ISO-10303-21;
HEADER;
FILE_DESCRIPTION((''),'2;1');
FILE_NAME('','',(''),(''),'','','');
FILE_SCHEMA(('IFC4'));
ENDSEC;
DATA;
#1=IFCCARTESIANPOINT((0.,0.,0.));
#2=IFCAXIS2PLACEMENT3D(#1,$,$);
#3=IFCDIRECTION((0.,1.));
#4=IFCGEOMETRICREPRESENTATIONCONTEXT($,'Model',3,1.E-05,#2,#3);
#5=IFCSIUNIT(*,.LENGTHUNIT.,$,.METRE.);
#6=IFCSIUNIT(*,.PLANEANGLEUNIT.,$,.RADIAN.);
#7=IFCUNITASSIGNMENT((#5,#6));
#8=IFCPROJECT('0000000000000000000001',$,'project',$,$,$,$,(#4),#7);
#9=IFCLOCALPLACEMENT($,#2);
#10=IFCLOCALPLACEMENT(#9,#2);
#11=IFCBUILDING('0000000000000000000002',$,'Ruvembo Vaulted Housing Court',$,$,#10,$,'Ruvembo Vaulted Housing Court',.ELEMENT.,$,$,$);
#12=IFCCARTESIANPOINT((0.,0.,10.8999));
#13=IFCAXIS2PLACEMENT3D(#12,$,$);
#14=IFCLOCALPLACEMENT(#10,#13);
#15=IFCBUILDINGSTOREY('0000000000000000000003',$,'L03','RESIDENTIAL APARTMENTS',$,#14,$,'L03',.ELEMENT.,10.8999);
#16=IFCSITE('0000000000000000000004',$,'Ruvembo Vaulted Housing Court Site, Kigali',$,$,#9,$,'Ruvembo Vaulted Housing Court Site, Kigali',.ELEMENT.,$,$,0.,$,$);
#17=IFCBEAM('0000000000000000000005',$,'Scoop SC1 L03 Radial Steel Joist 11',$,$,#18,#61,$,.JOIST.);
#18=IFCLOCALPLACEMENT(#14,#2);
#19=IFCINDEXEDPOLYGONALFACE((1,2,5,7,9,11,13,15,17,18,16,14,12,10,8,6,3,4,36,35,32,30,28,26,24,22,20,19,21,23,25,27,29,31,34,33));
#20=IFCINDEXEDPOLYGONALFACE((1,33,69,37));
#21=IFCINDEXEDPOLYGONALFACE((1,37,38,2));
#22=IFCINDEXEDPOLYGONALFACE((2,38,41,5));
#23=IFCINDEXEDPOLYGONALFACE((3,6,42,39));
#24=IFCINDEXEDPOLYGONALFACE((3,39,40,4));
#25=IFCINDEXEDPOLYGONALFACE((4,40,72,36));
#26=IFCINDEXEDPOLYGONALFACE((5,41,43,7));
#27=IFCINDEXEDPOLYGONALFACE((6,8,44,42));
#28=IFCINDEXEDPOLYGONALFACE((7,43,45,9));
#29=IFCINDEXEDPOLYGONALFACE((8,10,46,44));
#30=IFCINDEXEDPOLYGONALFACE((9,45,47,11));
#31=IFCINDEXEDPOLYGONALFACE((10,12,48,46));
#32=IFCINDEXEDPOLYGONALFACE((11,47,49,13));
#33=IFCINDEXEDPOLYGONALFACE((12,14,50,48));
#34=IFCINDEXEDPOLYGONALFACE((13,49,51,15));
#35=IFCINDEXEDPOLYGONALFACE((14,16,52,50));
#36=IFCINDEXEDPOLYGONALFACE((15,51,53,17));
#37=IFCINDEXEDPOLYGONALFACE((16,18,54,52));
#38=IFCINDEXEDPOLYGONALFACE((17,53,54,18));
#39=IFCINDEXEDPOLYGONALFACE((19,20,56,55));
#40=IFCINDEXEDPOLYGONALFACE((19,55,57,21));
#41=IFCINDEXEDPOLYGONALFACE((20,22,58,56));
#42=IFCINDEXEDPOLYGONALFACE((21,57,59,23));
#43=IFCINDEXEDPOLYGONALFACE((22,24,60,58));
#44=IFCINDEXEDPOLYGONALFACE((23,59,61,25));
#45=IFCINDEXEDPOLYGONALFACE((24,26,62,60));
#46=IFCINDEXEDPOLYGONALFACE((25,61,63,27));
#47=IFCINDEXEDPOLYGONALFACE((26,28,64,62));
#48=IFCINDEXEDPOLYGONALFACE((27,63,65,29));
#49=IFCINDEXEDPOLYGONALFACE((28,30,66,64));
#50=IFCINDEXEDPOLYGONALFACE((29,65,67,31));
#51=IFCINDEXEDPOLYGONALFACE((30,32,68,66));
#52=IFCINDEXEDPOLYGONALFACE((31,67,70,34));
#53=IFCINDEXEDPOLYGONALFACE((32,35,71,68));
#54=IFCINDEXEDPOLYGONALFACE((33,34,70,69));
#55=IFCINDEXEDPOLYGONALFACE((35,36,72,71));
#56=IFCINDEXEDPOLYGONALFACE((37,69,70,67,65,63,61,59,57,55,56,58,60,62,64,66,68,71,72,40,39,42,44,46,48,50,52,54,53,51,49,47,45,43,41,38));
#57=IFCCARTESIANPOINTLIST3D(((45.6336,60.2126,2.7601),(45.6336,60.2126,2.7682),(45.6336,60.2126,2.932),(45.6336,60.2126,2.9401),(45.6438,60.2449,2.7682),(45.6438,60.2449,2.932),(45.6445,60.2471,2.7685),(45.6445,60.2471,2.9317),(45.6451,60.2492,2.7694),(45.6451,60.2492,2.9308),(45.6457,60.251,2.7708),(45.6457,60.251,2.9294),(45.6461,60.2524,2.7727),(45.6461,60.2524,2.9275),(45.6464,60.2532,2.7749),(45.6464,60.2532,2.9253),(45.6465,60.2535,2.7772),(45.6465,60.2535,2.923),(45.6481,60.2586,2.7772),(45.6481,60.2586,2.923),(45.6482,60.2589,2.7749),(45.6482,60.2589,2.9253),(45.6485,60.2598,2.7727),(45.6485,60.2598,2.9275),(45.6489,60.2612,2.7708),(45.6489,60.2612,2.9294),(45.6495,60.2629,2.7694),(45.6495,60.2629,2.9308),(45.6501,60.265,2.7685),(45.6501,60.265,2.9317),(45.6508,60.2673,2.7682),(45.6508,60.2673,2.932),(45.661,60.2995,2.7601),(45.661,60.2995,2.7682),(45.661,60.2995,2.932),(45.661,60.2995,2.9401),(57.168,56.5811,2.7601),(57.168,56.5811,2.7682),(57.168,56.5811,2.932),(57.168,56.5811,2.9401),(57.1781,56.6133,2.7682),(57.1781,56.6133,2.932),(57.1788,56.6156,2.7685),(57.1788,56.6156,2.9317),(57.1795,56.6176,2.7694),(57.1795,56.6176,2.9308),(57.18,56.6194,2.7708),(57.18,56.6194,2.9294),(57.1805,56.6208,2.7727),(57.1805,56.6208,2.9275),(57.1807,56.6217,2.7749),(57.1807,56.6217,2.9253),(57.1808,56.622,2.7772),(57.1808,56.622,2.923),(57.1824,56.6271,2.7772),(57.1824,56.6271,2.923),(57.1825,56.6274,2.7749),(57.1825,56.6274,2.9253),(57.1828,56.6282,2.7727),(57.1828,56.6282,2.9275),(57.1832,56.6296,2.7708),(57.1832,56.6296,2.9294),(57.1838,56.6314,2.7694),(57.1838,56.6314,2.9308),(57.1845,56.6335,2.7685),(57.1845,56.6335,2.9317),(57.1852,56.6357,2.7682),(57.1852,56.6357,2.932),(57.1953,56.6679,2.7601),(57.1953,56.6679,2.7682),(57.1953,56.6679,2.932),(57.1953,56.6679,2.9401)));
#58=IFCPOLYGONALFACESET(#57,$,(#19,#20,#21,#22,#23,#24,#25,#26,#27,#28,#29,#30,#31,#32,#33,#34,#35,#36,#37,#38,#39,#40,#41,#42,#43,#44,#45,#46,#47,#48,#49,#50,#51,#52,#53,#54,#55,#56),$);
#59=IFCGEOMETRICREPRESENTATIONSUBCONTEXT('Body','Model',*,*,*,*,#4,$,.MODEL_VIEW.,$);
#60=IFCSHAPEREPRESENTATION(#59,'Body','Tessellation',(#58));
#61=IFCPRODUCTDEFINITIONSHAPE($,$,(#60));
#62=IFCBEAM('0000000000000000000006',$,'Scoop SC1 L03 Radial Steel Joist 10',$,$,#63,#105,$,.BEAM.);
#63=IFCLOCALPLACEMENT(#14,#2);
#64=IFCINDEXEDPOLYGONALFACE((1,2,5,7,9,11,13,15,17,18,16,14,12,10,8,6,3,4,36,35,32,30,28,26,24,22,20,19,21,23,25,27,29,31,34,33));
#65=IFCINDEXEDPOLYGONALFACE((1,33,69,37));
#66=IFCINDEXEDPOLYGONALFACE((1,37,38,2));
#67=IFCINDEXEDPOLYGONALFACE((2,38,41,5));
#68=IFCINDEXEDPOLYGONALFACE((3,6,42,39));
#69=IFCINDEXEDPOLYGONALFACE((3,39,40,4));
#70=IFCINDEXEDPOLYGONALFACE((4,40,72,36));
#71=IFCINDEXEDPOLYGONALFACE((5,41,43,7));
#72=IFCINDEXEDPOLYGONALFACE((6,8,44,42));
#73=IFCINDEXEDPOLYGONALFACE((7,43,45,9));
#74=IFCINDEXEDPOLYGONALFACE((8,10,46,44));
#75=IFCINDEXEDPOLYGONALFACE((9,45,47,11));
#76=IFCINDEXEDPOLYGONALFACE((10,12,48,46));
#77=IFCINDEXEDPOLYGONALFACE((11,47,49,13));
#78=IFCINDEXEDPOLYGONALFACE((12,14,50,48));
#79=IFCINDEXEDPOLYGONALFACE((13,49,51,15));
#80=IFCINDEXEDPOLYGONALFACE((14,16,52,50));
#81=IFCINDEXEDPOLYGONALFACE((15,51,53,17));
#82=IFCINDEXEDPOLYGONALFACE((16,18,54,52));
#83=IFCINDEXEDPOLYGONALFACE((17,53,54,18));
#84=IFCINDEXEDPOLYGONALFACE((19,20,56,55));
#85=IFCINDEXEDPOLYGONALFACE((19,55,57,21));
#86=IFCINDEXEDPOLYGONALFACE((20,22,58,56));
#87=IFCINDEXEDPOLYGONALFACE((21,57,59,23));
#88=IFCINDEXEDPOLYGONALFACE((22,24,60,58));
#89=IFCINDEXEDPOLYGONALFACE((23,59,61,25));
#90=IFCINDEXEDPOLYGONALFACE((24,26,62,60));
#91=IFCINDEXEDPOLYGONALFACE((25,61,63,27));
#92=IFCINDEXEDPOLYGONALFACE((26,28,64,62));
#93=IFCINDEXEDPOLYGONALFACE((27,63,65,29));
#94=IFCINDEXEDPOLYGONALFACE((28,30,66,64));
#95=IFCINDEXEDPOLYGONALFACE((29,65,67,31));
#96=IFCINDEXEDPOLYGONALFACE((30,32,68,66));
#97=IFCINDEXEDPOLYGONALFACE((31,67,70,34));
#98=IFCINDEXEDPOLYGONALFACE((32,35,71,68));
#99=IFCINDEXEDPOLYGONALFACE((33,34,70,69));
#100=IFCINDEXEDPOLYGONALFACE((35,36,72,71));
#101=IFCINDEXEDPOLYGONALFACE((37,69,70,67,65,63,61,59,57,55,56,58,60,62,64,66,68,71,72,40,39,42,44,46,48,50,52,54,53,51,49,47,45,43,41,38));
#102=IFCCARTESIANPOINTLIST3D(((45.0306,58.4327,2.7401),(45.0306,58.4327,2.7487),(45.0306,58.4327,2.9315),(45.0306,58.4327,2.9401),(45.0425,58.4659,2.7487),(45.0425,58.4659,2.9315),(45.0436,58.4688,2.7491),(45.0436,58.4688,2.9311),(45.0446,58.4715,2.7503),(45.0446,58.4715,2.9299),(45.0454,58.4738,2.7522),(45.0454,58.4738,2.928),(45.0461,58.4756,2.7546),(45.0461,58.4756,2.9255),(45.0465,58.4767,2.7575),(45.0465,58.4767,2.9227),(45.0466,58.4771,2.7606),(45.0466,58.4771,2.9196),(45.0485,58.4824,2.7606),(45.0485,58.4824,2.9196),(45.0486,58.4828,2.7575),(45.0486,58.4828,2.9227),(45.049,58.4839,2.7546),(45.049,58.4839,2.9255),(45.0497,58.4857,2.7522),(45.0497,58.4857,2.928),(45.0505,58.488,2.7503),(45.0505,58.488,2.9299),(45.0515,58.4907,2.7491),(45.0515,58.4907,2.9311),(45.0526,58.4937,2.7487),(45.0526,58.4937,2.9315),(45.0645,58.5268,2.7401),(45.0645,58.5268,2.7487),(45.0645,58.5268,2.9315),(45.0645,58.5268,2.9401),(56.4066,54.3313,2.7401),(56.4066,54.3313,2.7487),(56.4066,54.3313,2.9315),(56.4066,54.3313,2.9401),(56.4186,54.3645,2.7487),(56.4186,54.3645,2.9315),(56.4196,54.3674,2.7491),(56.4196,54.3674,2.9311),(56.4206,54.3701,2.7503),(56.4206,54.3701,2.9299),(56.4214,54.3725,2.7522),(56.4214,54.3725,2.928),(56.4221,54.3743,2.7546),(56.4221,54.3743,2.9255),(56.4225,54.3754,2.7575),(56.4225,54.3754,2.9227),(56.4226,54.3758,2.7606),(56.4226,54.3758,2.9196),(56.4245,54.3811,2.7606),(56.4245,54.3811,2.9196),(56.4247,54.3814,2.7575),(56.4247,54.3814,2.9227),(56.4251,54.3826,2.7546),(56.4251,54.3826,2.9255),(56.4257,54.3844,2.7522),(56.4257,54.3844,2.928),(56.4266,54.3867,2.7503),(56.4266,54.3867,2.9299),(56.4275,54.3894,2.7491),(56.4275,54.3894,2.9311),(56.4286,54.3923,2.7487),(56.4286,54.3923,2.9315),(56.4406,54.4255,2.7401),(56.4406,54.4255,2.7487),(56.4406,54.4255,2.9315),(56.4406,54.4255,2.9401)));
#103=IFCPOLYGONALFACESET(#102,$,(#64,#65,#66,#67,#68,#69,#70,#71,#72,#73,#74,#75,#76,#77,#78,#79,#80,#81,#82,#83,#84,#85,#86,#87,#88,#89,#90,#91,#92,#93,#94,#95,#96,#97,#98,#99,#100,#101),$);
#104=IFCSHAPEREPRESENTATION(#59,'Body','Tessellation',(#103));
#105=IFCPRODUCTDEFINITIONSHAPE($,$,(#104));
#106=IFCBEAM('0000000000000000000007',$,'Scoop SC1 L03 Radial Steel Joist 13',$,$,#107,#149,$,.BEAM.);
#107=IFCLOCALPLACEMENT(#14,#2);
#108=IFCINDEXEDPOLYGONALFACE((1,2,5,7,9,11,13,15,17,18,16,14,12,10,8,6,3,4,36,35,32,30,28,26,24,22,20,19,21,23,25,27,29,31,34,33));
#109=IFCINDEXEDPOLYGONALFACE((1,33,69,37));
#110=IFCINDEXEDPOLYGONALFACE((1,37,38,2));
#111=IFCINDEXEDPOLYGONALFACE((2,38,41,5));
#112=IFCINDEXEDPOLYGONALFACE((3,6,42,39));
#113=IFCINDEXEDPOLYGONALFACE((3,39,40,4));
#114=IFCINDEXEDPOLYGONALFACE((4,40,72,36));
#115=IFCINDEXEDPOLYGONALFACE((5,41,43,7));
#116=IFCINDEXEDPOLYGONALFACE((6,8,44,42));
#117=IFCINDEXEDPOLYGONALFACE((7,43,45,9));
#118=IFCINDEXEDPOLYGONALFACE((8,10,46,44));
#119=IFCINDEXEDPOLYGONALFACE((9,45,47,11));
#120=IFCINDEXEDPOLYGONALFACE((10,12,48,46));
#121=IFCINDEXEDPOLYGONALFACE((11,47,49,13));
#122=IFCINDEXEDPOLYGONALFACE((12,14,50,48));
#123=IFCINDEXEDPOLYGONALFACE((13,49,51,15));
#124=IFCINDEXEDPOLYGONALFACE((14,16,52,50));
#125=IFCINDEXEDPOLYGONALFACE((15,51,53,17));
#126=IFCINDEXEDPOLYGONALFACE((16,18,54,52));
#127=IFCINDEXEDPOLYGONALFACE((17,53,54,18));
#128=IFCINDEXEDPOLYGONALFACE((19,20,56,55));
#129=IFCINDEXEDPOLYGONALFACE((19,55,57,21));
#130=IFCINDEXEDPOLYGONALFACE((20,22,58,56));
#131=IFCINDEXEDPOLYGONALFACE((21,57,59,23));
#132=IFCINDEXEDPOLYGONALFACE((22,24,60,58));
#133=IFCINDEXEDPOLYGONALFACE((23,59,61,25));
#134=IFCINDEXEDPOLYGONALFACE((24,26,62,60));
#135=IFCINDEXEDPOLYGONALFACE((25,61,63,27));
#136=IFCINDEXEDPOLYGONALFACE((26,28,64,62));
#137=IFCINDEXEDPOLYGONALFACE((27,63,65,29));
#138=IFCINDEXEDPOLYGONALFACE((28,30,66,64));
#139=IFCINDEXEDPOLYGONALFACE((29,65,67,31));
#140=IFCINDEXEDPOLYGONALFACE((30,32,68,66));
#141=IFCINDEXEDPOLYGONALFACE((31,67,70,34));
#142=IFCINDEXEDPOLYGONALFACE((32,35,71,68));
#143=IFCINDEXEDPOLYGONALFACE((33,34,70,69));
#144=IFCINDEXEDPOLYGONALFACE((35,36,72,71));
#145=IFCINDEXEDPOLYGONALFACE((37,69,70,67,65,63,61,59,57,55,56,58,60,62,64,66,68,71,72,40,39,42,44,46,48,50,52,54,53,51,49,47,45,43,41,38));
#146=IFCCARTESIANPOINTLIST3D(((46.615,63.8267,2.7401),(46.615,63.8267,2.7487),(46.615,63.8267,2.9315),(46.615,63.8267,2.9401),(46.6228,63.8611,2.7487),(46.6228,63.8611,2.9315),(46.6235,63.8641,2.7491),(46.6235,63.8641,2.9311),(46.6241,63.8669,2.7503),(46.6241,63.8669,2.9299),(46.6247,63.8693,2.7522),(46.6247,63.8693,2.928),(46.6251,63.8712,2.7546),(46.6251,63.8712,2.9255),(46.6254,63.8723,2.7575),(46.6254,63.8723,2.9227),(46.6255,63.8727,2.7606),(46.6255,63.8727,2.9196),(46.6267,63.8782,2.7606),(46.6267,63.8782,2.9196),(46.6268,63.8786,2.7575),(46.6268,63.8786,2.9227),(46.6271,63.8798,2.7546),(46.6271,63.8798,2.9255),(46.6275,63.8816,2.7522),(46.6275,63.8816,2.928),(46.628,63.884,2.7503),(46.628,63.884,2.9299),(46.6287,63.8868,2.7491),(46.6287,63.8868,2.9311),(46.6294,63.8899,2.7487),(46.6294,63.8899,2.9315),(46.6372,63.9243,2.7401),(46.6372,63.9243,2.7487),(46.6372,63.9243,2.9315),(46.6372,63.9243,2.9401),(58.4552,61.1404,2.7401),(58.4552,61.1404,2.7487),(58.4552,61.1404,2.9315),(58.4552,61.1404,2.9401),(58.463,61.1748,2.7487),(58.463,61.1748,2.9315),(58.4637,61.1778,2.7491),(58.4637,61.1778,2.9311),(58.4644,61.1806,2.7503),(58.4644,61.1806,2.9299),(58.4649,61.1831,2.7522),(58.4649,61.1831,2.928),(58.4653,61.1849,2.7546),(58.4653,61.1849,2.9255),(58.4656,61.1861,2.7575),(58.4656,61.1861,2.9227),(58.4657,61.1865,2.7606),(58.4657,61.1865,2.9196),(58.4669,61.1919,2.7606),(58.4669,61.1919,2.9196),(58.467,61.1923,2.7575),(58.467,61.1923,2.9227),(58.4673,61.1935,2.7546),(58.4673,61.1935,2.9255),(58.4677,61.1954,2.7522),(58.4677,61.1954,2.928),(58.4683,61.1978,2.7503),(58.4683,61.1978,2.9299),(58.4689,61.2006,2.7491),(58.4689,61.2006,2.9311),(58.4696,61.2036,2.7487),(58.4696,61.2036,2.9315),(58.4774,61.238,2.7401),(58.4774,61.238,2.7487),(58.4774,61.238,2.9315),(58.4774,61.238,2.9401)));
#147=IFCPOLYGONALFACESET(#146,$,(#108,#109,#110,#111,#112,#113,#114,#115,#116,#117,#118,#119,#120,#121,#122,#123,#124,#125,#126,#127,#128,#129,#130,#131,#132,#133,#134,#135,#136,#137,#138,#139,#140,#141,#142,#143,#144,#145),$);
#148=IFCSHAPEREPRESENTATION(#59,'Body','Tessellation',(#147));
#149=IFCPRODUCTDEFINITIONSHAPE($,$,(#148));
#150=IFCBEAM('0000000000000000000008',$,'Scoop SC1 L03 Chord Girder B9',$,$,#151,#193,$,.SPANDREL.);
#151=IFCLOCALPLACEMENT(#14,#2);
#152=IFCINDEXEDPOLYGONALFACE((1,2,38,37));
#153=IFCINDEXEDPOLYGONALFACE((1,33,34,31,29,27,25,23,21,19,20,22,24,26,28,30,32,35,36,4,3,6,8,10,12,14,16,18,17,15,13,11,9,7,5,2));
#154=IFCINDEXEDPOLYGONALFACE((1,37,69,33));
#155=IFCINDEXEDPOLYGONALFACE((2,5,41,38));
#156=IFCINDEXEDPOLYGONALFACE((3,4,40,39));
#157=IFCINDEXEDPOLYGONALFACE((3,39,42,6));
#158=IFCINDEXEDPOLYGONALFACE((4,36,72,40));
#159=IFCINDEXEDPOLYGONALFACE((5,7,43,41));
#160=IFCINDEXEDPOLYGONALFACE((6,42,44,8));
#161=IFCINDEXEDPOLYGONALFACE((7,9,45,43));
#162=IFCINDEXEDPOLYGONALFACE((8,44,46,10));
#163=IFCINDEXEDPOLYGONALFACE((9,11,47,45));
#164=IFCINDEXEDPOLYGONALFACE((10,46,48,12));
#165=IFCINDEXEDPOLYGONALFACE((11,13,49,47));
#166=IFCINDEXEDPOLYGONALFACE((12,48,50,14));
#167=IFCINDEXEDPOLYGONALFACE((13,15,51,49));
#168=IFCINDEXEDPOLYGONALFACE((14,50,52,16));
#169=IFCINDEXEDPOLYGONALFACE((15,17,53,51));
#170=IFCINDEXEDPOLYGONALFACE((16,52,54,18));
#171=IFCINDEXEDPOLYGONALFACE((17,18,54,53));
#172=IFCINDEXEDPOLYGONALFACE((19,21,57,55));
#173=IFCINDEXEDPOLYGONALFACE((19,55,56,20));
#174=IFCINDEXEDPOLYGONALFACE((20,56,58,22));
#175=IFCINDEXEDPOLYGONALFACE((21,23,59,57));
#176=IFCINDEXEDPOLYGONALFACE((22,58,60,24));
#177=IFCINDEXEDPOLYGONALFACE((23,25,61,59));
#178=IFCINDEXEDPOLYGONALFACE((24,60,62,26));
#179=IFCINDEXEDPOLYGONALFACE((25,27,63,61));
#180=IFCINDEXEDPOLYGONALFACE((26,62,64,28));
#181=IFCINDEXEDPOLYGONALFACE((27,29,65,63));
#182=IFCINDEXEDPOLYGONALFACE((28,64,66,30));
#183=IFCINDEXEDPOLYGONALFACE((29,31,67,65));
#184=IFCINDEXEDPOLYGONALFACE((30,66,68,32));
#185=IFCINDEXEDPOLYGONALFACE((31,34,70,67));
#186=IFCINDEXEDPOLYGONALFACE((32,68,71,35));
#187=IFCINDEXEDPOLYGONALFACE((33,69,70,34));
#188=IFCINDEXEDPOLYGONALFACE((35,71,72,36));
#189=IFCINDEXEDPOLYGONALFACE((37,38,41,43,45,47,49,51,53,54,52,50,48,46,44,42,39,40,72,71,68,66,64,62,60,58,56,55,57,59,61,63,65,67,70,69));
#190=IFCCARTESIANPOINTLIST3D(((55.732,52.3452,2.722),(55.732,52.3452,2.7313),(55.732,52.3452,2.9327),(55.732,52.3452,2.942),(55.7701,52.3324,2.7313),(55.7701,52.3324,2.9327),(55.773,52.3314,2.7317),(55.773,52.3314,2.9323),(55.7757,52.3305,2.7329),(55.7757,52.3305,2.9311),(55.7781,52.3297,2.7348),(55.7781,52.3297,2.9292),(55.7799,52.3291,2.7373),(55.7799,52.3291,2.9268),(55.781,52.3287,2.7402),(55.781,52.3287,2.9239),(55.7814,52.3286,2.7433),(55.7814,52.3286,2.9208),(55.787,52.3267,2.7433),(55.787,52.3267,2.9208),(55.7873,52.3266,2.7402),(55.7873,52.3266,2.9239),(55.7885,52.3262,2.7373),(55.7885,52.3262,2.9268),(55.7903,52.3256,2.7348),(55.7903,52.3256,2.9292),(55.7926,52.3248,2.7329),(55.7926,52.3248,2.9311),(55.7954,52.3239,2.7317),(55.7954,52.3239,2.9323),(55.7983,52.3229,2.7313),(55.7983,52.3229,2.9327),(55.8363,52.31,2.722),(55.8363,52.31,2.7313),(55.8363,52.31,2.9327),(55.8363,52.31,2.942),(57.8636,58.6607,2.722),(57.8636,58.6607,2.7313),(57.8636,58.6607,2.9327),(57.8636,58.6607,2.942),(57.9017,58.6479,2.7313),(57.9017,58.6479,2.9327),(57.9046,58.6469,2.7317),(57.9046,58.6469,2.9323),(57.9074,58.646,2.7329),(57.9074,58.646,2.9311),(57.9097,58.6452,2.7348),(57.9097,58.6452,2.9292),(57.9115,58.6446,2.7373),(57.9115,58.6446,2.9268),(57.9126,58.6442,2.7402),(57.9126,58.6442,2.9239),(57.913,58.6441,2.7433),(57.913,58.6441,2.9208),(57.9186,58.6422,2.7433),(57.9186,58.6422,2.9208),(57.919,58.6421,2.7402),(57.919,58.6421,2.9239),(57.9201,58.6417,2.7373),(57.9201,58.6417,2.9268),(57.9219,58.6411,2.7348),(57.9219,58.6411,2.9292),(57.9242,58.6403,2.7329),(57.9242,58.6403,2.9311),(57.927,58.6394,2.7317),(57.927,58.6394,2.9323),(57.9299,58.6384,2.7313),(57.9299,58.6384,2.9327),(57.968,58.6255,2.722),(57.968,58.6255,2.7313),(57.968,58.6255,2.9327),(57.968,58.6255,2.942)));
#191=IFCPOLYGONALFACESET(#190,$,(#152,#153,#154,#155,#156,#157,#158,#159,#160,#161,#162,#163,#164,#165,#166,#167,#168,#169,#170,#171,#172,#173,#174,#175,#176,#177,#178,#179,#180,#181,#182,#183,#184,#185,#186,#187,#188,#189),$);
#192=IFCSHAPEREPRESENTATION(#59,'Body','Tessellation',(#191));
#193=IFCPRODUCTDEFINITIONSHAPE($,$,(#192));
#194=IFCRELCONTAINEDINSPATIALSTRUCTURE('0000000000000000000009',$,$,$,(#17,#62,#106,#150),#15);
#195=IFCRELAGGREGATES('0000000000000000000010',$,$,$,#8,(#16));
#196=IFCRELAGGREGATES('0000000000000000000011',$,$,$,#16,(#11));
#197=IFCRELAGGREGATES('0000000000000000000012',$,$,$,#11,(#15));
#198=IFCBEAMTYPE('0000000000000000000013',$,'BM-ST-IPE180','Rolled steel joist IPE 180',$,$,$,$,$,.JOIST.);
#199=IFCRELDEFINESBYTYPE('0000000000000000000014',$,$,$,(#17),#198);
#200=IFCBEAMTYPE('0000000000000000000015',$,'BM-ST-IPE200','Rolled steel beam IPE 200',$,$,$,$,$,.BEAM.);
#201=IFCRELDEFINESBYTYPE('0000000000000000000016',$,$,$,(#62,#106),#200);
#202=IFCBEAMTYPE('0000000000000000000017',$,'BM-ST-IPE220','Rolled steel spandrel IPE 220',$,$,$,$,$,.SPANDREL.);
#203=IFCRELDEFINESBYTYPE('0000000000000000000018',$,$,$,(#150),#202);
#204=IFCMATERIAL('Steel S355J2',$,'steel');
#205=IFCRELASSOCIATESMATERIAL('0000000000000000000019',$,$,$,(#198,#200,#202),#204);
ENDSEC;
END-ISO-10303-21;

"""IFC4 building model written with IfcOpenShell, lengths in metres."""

from ifc_helpers import new_model, si_unit, direction, frame, origin, origin_2d, place, context, subcontext, project, spatial, i_section, extrude, material, material_profile, profile_set, type_object, element, save


model = new_model("IFC4")

# Units and contexts
model_context = context("Model", 3, precision=1e-05, world=origin(), true_north=direction((0.0, 1.0)))
body_context = subcontext(model_context, "Body", "Model", "MODEL_VIEW")
ifc_project = project(units=[si_unit("LENGTHUNIT", "METRE"), si_unit("PLANEANGLEUNIT", "RADIAN")], contexts=[model_context])

# Site, building, storey
site_placement = place(None, origin())
site = spatial("IfcSite", under=ifc_project, at=site_placement, Name="Ruvembo Vaulted Housing Court Site, Kigali", LongName="Ruvembo Vaulted Housing Court Site, Kigali", CompositionType="ELEMENT", RefElevation=0.0)
building_placement = place(site_placement, origin())
building = spatial("IfcBuilding", under=site, at=building_placement, Name="Ruvembo Vaulted Housing Court", LongName="Ruvembo Vaulted Housing Court", CompositionType="ELEMENT")
storey_placement = place(building_placement, frame((0.0, 0.0, 10.8999)))
storey = spatial("IfcBuildingStorey", under=building, at=storey_placement, Name="L03", Description="RESIDENTIAL APARTMENTS", LongName="L03", CompositionType="ELEMENT", Elevation=10.8999)

# Beams
ifc_material_1 = material(Name="Steel S355J2", Category="steel")
ifc_material_profile_1 = material_profile(ifc_material_1, i_section(OverallWidth=0.0911, OverallDepth=0.1799, WebThickness=0.0054, FlangeThickness=0.0081, FilletRadius=0.009, at=origin_2d()), Name="IPE 180")
ifc_profile_set_1 = profile_set([ifc_material_profile_1], Name="Steel S355J2")
beam_type_1 = type_object("IfcBeamType", Name="BM-ST-IPE180", Description="Rolled steel joist IPE 180", PredefinedType="JOIST", material=ifc_profile_set_1)
beam_1_placement = place(storey_placement, frame((57.1816, 56.6245, 2.8501), z_axis=(-0.95384, 0.300315, 0.0), x_axis=(-0.300315, -0.95384, 0.0)))
element("IfcBeam", 1, at=beam_1_placement, inside=storey, type_object=beam_type_1, Name="Scoop SC1 L03 Radial Steel Joist 11", PredefinedType="JOIST", context=body_context, shape_type="SweptSolid", body=[
    extrude(i_section(OverallWidth=0.0911, OverallDepth=0.1799, WebThickness=0.0054, FlangeThickness=0.0081, FilletRadius=0.009, at=origin_2d()), origin(), (0.0, 0.0, 1.0), 12.0925),
])
ifc_material_profile_2 = material_profile(ifc_material_1, i_section(OverallWidth=0.1001, OverallDepth=0.2, WebThickness=0.0056, FlangeThickness=0.0085, FilletRadius=0.012, at=origin_2d()), Name="IPE 200")
ifc_profile_set_2 = profile_set([ifc_material_profile_2], Name="Steel S355J2")
beam_type_2 = type_object("IfcBeamType", Name="BM-ST-IPE200", Description="Rolled steel beam IPE 200", PredefinedType="BEAM", material=ifc_profile_set_2)
beam_2_placement = place(storey_placement, frame((56.4236, 54.3784, 2.8401), z_axis=(-0.94073, 0.339156, 0.0), x_axis=(-0.339156, -0.94073, 0.0)))
element("IfcBeam", 2, at=beam_2_placement, inside=storey, type_object=beam_type_2, Name="Scoop SC1 L03 Radial Steel Joist 10", PredefinedType="BEAM", context=body_context, shape_type="SweptSolid", body=[
    extrude(i_section(OverallWidth=0.1001, OverallDepth=0.2, WebThickness=0.0056, FlangeThickness=0.0085, FilletRadius=0.012, at=origin_2d()), origin(), (0.0, 0.0, 1.0), 12.0928),
])
beam_3_placement = place(storey_placement, frame((58.4663, 61.1892, 2.8401), z_axis=(-0.975217, 0.221253, 0.0), x_axis=(-0.221253, -0.975217, 0.0)))
element("IfcBeam", 3, at=beam_3_placement, inside=storey, type_object=beam_type_2, Name="Scoop SC1 L03 Radial Steel Joist 13", PredefinedType="BEAM", context=body_context, shape_type="SweptSolid", body=[
    extrude(i_section(OverallWidth=0.1001, OverallDepth=0.2, WebThickness=0.0056, FlangeThickness=0.0085, FilletRadius=0.012, at=origin_2d()), origin(), (0.0, 0.0, 1.0), 12.1411),
])
ifc_material_profile_3 = material_profile(ifc_material_1, i_section(OverallWidth=0.1101, OverallDepth=0.22, WebThickness=0.0059, FlangeThickness=0.0093, FilletRadius=0.012, at=origin_2d()), Name="IPE 220")
ifc_profile_set_3 = profile_set([ifc_material_profile_3], Name="Steel S355J2")
beam_type_3 = type_object("IfcBeamType", Name="BM-ST-IPE220", Description="Rolled steel spandrel IPE 220", PredefinedType="SPANDREL", material=ifc_profile_set_3)
beam_4_placement = place(storey_placement, frame((55.7842, 52.3276, 2.832), z_axis=(0.319797, 0.947486, 0.0), x_axis=(-0.947486, 0.319797, 0.0)))
element("IfcBeam", 4, at=beam_4_placement, inside=storey, type_object=beam_type_3, Name="Scoop SC1 L03 Chord Girder B9", PredefinedType="SPANDREL", context=body_context, shape_type="SweptSolid", body=[
    extrude(i_section(OverallWidth=0.1101, OverallDepth=0.22, WebThickness=0.0059, FlangeThickness=0.0093, FilletRadius=0.012, at=origin_2d()), origin(), (0.0, 0.0, 1.0), 6.6655),
])

save(model, "model.ifc")
